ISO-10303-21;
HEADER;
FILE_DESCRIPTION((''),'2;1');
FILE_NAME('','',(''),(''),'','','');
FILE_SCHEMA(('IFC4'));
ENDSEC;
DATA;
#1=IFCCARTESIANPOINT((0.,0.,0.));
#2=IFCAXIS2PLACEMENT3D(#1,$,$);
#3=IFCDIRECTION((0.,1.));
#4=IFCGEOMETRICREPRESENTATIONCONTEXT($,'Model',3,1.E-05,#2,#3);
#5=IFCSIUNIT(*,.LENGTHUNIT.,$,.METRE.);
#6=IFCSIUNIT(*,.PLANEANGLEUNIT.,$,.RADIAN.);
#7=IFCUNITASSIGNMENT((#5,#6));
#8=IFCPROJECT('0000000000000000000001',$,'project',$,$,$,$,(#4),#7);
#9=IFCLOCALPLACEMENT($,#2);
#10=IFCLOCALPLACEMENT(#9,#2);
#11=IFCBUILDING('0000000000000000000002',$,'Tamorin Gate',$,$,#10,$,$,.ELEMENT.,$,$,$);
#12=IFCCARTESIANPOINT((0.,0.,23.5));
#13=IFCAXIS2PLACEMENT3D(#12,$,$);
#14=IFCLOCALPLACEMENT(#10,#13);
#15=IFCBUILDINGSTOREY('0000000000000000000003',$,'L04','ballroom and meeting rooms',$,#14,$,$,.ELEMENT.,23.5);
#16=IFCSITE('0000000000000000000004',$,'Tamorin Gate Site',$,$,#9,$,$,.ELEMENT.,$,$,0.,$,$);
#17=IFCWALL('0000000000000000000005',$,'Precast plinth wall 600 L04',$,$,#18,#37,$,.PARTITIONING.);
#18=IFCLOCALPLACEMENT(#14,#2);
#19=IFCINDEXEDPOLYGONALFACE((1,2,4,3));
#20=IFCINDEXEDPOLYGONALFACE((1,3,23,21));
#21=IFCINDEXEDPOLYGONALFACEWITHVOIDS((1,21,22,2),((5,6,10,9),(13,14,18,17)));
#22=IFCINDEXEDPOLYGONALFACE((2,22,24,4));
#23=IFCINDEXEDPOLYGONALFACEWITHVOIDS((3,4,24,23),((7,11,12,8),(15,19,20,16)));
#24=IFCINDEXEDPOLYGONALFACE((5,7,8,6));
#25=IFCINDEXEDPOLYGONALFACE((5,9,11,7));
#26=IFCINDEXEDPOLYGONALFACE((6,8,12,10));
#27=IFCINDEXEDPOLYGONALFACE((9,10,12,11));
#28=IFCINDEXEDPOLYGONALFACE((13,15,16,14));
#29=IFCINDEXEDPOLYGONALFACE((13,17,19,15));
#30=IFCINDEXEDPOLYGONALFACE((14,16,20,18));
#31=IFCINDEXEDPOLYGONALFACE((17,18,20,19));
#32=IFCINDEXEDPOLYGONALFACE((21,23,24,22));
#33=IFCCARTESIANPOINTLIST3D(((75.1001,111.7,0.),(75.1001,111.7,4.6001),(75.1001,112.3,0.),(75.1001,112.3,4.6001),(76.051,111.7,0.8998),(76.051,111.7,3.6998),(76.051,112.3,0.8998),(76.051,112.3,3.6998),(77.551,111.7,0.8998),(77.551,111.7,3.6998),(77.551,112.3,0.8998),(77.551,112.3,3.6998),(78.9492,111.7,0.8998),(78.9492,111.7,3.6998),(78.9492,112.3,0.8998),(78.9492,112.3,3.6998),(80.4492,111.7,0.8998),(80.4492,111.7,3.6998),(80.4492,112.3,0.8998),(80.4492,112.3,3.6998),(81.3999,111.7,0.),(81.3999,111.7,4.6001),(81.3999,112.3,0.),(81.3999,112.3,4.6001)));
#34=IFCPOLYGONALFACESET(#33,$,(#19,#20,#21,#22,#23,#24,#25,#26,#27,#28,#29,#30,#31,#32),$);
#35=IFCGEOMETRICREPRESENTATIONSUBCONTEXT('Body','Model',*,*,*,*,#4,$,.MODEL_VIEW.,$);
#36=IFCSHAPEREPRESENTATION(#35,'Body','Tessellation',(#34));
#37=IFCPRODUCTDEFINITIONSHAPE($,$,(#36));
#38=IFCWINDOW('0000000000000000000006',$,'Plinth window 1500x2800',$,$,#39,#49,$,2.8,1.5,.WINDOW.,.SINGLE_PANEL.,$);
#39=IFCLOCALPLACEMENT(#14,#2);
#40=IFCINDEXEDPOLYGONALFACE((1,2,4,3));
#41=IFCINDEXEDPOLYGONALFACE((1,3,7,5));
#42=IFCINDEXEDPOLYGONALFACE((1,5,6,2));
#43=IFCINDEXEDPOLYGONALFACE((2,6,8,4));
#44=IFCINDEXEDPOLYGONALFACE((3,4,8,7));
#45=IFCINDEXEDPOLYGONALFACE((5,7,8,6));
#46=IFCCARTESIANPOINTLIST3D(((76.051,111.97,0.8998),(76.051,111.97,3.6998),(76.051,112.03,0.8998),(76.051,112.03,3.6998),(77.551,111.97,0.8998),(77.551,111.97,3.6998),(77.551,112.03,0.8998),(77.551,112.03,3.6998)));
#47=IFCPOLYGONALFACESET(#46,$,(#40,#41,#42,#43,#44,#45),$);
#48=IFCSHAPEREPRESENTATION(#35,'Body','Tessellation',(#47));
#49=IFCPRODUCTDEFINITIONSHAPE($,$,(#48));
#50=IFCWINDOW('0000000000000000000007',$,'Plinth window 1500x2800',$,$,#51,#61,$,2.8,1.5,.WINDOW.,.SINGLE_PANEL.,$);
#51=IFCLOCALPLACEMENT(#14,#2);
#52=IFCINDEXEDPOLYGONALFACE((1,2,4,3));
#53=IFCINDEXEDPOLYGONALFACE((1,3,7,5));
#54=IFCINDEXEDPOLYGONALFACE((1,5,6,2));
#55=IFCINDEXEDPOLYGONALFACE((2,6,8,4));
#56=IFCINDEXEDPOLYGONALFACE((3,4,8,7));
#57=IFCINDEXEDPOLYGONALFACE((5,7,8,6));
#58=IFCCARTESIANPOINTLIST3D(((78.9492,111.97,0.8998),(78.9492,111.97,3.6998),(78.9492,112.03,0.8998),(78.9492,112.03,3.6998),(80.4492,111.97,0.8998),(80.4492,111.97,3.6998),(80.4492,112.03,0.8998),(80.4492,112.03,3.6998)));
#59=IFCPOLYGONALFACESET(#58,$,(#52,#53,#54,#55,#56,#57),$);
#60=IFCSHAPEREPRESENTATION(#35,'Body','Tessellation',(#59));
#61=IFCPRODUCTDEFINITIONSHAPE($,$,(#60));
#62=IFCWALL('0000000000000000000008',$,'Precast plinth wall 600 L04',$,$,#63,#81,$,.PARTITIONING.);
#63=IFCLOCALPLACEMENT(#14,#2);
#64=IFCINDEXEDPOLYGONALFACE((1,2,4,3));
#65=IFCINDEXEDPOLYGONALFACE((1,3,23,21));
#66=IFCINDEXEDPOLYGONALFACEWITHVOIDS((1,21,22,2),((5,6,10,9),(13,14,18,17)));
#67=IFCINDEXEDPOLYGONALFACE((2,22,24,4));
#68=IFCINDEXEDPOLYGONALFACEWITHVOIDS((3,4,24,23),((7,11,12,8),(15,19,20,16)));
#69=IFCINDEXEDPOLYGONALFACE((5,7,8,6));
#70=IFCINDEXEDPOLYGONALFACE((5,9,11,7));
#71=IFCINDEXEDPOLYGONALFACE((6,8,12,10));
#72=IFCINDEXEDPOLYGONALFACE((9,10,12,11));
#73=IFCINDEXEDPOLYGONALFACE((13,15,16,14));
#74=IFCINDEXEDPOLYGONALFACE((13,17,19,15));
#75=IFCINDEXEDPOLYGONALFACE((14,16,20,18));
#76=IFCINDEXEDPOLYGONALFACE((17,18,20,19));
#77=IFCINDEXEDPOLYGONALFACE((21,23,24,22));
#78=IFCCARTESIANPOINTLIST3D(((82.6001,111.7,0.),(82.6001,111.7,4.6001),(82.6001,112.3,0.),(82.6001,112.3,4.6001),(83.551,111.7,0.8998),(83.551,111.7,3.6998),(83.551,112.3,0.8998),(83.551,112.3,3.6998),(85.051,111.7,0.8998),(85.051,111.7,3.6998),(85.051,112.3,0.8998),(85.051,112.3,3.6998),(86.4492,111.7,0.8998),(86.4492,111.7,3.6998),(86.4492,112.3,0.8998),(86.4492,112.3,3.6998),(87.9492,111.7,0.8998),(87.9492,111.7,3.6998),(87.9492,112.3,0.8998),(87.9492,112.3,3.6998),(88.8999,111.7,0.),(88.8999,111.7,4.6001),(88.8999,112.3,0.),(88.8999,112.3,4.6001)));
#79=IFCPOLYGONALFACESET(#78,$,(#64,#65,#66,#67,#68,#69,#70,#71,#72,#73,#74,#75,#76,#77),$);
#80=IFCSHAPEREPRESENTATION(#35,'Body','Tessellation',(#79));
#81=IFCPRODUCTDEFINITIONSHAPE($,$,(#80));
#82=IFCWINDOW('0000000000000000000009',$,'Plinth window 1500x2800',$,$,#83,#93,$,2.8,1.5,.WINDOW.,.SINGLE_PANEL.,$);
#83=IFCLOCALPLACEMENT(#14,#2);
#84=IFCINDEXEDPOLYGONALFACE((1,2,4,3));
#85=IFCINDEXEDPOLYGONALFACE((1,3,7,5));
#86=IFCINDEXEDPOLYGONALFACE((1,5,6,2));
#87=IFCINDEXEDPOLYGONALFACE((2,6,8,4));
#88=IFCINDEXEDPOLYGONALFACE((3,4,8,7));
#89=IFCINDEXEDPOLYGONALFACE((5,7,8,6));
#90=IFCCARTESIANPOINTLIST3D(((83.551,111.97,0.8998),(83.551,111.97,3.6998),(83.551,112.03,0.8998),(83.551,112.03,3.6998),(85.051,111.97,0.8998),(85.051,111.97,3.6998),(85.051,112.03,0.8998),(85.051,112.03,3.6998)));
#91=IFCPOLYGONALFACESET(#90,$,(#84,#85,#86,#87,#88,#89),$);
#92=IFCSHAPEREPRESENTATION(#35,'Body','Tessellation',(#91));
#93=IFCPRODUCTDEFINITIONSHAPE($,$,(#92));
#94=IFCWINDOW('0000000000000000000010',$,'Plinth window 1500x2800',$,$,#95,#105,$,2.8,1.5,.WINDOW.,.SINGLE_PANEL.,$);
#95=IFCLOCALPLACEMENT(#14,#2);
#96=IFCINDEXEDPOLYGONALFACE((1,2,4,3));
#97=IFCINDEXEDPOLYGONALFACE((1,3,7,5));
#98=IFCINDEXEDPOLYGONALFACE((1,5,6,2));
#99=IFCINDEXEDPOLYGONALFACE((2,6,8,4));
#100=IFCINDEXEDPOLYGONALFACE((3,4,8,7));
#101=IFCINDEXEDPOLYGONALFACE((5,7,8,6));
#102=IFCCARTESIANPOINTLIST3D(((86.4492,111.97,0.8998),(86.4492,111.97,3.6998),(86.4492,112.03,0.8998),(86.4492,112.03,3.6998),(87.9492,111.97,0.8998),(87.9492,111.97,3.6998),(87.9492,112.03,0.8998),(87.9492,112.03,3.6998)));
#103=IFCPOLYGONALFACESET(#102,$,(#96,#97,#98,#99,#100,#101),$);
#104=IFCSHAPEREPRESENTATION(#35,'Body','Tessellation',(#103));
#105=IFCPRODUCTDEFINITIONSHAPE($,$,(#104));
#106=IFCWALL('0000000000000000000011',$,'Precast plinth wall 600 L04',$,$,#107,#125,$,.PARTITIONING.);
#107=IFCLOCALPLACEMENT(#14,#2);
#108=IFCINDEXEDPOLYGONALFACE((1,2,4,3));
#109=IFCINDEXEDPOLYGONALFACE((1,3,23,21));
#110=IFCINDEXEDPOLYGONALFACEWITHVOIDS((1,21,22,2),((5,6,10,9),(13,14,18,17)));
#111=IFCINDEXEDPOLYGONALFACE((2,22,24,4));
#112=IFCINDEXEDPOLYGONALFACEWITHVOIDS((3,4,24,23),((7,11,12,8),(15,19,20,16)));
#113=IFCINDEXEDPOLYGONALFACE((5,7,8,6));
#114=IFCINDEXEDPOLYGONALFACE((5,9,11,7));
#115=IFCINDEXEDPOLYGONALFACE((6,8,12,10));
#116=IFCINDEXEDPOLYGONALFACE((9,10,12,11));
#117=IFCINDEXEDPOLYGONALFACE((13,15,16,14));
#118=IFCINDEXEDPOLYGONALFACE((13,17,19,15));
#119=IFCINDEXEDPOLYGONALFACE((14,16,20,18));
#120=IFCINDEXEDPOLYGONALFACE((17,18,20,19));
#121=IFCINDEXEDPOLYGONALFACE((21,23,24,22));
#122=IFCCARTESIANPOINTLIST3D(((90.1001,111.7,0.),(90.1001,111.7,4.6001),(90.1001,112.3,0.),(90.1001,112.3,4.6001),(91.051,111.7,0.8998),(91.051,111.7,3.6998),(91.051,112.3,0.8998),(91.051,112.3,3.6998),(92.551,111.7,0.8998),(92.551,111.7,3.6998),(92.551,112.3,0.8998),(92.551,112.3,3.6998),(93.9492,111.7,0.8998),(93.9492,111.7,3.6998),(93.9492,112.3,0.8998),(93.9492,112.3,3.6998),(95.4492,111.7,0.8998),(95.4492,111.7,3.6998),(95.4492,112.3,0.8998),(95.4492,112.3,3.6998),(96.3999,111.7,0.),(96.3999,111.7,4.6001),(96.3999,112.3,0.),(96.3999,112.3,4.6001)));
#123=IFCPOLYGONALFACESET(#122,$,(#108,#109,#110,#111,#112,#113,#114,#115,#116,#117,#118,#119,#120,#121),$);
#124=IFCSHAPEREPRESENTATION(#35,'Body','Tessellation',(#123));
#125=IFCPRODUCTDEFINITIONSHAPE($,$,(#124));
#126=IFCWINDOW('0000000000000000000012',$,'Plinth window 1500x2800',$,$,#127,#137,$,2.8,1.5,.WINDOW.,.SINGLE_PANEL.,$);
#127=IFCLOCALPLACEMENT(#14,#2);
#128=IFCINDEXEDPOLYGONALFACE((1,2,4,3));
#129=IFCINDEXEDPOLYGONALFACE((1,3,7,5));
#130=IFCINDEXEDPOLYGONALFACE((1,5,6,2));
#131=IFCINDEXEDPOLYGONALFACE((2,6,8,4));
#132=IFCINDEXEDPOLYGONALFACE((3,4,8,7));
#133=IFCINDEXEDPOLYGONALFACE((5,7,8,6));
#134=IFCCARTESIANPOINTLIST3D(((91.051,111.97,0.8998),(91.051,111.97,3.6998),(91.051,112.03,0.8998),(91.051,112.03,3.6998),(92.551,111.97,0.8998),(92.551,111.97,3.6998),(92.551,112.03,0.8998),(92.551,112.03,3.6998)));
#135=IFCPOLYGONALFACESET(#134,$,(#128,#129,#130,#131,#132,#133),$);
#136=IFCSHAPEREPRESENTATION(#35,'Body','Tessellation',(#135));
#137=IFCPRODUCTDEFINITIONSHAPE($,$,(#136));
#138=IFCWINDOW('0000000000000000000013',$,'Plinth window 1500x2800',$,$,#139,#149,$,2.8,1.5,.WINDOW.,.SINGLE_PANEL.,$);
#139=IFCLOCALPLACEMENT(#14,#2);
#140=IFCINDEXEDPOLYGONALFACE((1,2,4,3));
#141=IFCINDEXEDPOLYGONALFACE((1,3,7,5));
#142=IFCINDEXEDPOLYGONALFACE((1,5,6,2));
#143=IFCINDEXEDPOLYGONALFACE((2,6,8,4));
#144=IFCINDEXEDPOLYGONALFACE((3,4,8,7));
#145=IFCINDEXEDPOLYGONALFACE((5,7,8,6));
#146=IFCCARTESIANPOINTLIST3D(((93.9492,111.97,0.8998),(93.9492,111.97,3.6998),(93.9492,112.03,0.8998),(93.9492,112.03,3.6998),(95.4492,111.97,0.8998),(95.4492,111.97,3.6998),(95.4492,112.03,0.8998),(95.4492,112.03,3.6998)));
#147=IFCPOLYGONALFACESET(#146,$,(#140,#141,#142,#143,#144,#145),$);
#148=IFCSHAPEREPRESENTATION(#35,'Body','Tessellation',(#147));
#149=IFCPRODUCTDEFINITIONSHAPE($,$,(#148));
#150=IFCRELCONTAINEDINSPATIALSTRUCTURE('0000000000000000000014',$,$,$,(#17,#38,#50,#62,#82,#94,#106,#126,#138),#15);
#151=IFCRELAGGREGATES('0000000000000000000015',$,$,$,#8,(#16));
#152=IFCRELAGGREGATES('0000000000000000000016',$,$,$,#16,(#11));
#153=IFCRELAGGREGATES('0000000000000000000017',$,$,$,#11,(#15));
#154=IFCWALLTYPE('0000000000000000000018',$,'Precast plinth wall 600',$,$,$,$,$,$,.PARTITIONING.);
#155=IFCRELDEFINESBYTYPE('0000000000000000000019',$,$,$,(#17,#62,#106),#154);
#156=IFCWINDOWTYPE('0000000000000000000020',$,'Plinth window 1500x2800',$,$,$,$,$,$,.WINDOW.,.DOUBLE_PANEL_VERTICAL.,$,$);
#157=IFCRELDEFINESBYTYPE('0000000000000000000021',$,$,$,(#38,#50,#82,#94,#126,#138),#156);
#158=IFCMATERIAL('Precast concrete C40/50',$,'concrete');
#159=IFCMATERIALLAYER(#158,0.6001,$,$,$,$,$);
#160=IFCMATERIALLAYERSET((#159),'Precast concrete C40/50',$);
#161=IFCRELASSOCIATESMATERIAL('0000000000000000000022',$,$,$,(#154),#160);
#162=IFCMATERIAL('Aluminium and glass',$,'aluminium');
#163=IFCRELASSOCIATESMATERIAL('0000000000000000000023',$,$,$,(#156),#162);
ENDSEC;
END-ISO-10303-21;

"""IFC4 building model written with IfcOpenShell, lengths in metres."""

from ifc_helpers import new_model, si_unit, direction, frame, frame_2d, origin, place, context, subcontext, project, spatial, rectangle, extrude, material, layer, layer_set, type_object, element, fill, save


model = new_model("IFC4")

# Units and contexts
model_context = context("Model", 3, precision=1e-05, world=origin(), true_north=direction((0.0, 1.0)))
body_context = subcontext(model_context, "Body", "Model", "MODEL_VIEW")
ifc_project = project(units=[si_unit("LENGTHUNIT", "METRE"), si_unit("PLANEANGLEUNIT", "RADIAN")], contexts=[model_context])

# Site, building, storey
site_placement = place(None, origin())
site = spatial("IfcSite", under=ifc_project, at=site_placement, Name="Tamorin Gate Site", CompositionType="ELEMENT", RefElevation=0.0)
building_placement = place(site_placement, origin())
building = spatial("IfcBuilding", under=site, at=building_placement, Name="Tamorin Gate", CompositionType="ELEMENT")
storey_placement = place(building_placement, frame((0.0, 0.0, 23.5)))
storey = spatial("IfcBuildingStorey", under=building, at=storey_placement, Name="L04", Description="ballroom and meeting rooms", CompositionType="ELEMENT", Elevation=23.5)

# Walls, openings, windows
ifc_material_1 = material(Name="Precast concrete C40/50", Category="concrete")
ifc_layer_1 = layer(ifc_material_1, 0.6001)
ifc_layer_set_1 = layer_set([ifc_layer_1], Name="Precast concrete C40/50")
wall_type_1 = type_object("IfcWallType", Name="Precast plinth wall 600", PredefinedType="PARTITIONING", material=ifc_layer_set_1)
wall_1_placement = place(storey_placement, frame((75.1001, 112.0, 0.0), z_axis=(0.0, 0.0, 1.0), x_axis=(1.0, 0.0, 0.0)))
wall_1 = element("IfcWall", 1, at=wall_1_placement, inside=storey, type_object=wall_type_1, Name="Precast plinth wall 600 L04", PredefinedType="PARTITIONING", context=body_context, shape_type="SweptSolid", body=[
    extrude(rectangle(XDim=6.2998, YDim=0.6001, at=frame_2d((3.1499, 0.0))), origin(), (0.0, 0.0, 1.0), 4.6001),
])
opening_1_placement = place(wall_1_placement, frame((0.9509, 0.0, 0.8999)))
opening_1 = element("IfcOpeningElement", 2, at=opening_1_placement, cuts=wall_1, PredefinedType="OPENING", context=body_context, shape_type="SweptSolid", body=[
    extrude(rectangle(XDim=1.5, YDim=2.8, at=frame_2d((0.75, 1.3999))), frame((0.0, 0.3101, 0.0), z_axis=(0.0, -1.0, 0.0), x_axis=(1.0, 0.0, 0.0)), (0.0, 0.0, 1.0), 0.6201),
])
opening_2_placement = place(wall_1_placement, frame((3.8491, 0.0, 0.8999)))
opening_2 = element("IfcOpeningElement", 3, at=opening_2_placement, cuts=wall_1, PredefinedType="OPENING", context=body_context, shape_type="SweptSolid", body=[
    extrude(rectangle(XDim=1.5, YDim=2.8, at=frame_2d((0.75, 1.3999))), frame((0.0, 0.3101, 0.0), z_axis=(0.0, -1.0, 0.0), x_axis=(1.0, 0.0, 0.0)), (0.0, 0.0, 1.0), 0.6201),
])
ifc_material_2 = material(Name="Aluminium and glass", Category="aluminium")
window_type = type_object("IfcWindowType", Name="Plinth window 1500x2800", PartitioningType="DOUBLE_PANEL_VERTICAL", PredefinedType="WINDOW", material=ifc_material_2)
window_1_placement = place(opening_1_placement, origin())
window_1 = element("IfcWindow", 4, at=window_1_placement, inside=storey, type_object=window_type, Name="Plinth window 1500x2800", OverallHeight=2.8, OverallWidth=1.5, PartitioningType="SINGLE_PANEL", PredefinedType="WINDOW", context=body_context, shape_type="SweptSolid", body=[
    extrude(rectangle(XDim=1.5, YDim=2.8, at=frame_2d((0.75, 1.3999))), frame((0.0, 0.03, 0.0), z_axis=(0.0, -1.0, 0.0), x_axis=(1.0, 0.0, 0.0)), (0.0, 0.0, 1.0), 0.0601),
])
fill(opening_1, window_1)
window_2_placement = place(opening_2_placement, origin())
window_2 = element("IfcWindow", 5, at=window_2_placement, inside=storey, type_object=window_type, Name="Plinth window 1500x2800", OverallHeight=2.8, OverallWidth=1.5, PartitioningType="SINGLE_PANEL", PredefinedType="WINDOW", context=body_context, shape_type="SweptSolid", body=[
    extrude(rectangle(XDim=1.5, YDim=2.8, at=frame_2d((0.75, 1.3999))), frame((0.0, 0.03, 0.0), z_axis=(0.0, -1.0, 0.0), x_axis=(1.0, 0.0, 0.0)), (0.0, 0.0, 1.0), 0.0601),
])
fill(opening_2, window_2)
wall_2_placement = place(storey_placement, frame((82.6001, 112.0, 0.0), z_axis=(0.0, 0.0, 1.0), x_axis=(1.0, 0.0, 0.0)))
wall_2 = element("IfcWall", 6, at=wall_2_placement, inside=storey, type_object=wall_type_1, Name="Precast plinth wall 600 L04", PredefinedType="PARTITIONING", context=body_context, shape_type="SweptSolid", body=[
    extrude(rectangle(XDim=6.2998, YDim=0.6001, at=frame_2d((3.1499, 0.0))), origin(), (0.0, 0.0, 1.0), 4.6001),
])
opening_3_placement = place(wall_2_placement, frame((0.9509, 0.0, 0.8999)))
opening_3 = element("IfcOpeningElement", 7, at=opening_3_placement, cuts=wall_2, PredefinedType="OPENING", context=body_context, shape_type="SweptSolid", body=[
    extrude(rectangle(XDim=1.5, YDim=2.8, at=frame_2d((0.75, 1.3999))), frame((0.0, 0.3101, 0.0), z_axis=(0.0, -1.0, 0.0), x_axis=(1.0, 0.0, 0.0)), (0.0, 0.0, 1.0), 0.6201),
])
opening_4_placement = place(wall_2_placement, frame((3.8491, 0.0, 0.8999)))
opening_4 = element("IfcOpeningElement", 8, at=opening_4_placement, cuts=wall_2, PredefinedType="OPENING", context=body_context, shape_type="SweptSolid", body=[
    extrude(rectangle(XDim=1.5, YDim=2.8, at=frame_2d((0.75, 1.3999))), frame((0.0, 0.3101, 0.0), z_axis=(0.0, -1.0, 0.0), x_axis=(1.0, 0.0, 0.0)), (0.0, 0.0, 1.0), 0.6201),
])
window_3_placement = place(opening_3_placement, origin())
window_3 = element("IfcWindow", 9, at=window_3_placement, inside=storey, type_object=window_type, Name="Plinth window 1500x2800", OverallHeight=2.8, OverallWidth=1.5, PartitioningType="SINGLE_PANEL", PredefinedType="WINDOW", context=body_context, shape_type="SweptSolid", body=[
    extrude(rectangle(XDim=1.5, YDim=2.8, at=frame_2d((0.75, 1.3999))), frame((0.0, 0.03, 0.0), z_axis=(0.0, -1.0, 0.0), x_axis=(1.0, 0.0, 0.0)), (0.0, 0.0, 1.0), 0.0601),
])
fill(opening_3, window_3)
window_4_placement = place(opening_4_placement, origin())
window_4 = element("IfcWindow", 10, at=window_4_placement, inside=storey, type_object=window_type, Name="Plinth window 1500x2800", OverallHeight=2.8, OverallWidth=1.5, PartitioningType="SINGLE_PANEL", PredefinedType="WINDOW", context=body_context, shape_type="SweptSolid", body=[
    extrude(rectangle(XDim=1.5, YDim=2.8, at=frame_2d((0.75, 1.3999))), frame((0.0, 0.03, 0.0), z_axis=(0.0, -1.0, 0.0), x_axis=(1.0, 0.0, 0.0)), (0.0, 0.0, 1.0), 0.0601),
])
fill(opening_4, window_4)
wall_3_placement = place(storey_placement, frame((90.1001, 112.0, 0.0), z_axis=(0.0, 0.0, 1.0), x_axis=(1.0, 0.0, 0.0)))
wall_3 = element("IfcWall", 11, at=wall_3_placement, inside=storey, type_object=wall_type_1, Name="Precast plinth wall 600 L04", PredefinedType="PARTITIONING", context=body_context, shape_type="SweptSolid", body=[
    extrude(rectangle(XDim=6.2998, YDim=0.6001, at=frame_2d((3.1499, 0.0))), origin(), (0.0, 0.0, 1.0), 4.6001),
])
opening_5_placement = place(wall_3_placement, frame((0.9509, 0.0, 0.8999)))
opening_5 = element("IfcOpeningElement", 12, at=opening_5_placement, cuts=wall_3, PredefinedType="OPENING", context=body_context, shape_type="SweptSolid", body=[
    extrude(rectangle(XDim=1.5, YDim=2.8, at=frame_2d((0.75, 1.3999))), frame((0.0, 0.3101, 0.0), z_axis=(0.0, -1.0, 0.0), x_axis=(1.0, 0.0, 0.0)), (0.0, 0.0, 1.0), 0.6201),
])
opening_6_placement = place(wall_3_placement, frame((3.8491, 0.0, 0.8999)))
opening_6 = element("IfcOpeningElement", 13, at=opening_6_placement, cuts=wall_3, PredefinedType="OPENING", context=body_context, shape_type="SweptSolid", body=[
    extrude(rectangle(XDim=1.5, YDim=2.8, at=frame_2d((0.75, 1.3999))), frame((0.0, 0.3101, 0.0), z_axis=(0.0, -1.0, 0.0), x_axis=(1.0, 0.0, 0.0)), (0.0, 0.0, 1.0), 0.6201),
])
window_5_placement = place(opening_5_placement, origin())
window_5 = element("IfcWindow", 14, at=window_5_placement, inside=storey, type_object=window_type, Name="Plinth window 1500x2800", OverallHeight=2.8, OverallWidth=1.5, PartitioningType="SINGLE_PANEL", PredefinedType="WINDOW", context=body_context, shape_type="SweptSolid", body=[
    extrude(rectangle(XDim=1.5, YDim=2.8, at=frame_2d((0.75, 1.3999))), frame((0.0, 0.03, 0.0), z_axis=(0.0, -1.0, 0.0), x_axis=(1.0, 0.0, 0.0)), (0.0, 0.0, 1.0), 0.0601),
])
fill(opening_5, window_5)
window_6_placement = place(opening_6_placement, origin())
window_6 = element("IfcWindow", 15, at=window_6_placement, inside=storey, type_object=window_type, Name="Plinth window 1500x2800", OverallHeight=2.8, OverallWidth=1.5, PartitioningType="SINGLE_PANEL", PredefinedType="WINDOW", context=body_context, shape_type="SweptSolid", body=[
    extrude(rectangle(XDim=1.5, YDim=2.8, at=frame_2d((0.75, 1.3999))), frame((0.0, 0.03, 0.0), z_axis=(0.0, -1.0, 0.0), x_axis=(1.0, 0.0, 0.0)), (0.0, 0.0, 1.0), 0.0601),
])
fill(opening_6, window_6)

save(model, "model.ifc")
